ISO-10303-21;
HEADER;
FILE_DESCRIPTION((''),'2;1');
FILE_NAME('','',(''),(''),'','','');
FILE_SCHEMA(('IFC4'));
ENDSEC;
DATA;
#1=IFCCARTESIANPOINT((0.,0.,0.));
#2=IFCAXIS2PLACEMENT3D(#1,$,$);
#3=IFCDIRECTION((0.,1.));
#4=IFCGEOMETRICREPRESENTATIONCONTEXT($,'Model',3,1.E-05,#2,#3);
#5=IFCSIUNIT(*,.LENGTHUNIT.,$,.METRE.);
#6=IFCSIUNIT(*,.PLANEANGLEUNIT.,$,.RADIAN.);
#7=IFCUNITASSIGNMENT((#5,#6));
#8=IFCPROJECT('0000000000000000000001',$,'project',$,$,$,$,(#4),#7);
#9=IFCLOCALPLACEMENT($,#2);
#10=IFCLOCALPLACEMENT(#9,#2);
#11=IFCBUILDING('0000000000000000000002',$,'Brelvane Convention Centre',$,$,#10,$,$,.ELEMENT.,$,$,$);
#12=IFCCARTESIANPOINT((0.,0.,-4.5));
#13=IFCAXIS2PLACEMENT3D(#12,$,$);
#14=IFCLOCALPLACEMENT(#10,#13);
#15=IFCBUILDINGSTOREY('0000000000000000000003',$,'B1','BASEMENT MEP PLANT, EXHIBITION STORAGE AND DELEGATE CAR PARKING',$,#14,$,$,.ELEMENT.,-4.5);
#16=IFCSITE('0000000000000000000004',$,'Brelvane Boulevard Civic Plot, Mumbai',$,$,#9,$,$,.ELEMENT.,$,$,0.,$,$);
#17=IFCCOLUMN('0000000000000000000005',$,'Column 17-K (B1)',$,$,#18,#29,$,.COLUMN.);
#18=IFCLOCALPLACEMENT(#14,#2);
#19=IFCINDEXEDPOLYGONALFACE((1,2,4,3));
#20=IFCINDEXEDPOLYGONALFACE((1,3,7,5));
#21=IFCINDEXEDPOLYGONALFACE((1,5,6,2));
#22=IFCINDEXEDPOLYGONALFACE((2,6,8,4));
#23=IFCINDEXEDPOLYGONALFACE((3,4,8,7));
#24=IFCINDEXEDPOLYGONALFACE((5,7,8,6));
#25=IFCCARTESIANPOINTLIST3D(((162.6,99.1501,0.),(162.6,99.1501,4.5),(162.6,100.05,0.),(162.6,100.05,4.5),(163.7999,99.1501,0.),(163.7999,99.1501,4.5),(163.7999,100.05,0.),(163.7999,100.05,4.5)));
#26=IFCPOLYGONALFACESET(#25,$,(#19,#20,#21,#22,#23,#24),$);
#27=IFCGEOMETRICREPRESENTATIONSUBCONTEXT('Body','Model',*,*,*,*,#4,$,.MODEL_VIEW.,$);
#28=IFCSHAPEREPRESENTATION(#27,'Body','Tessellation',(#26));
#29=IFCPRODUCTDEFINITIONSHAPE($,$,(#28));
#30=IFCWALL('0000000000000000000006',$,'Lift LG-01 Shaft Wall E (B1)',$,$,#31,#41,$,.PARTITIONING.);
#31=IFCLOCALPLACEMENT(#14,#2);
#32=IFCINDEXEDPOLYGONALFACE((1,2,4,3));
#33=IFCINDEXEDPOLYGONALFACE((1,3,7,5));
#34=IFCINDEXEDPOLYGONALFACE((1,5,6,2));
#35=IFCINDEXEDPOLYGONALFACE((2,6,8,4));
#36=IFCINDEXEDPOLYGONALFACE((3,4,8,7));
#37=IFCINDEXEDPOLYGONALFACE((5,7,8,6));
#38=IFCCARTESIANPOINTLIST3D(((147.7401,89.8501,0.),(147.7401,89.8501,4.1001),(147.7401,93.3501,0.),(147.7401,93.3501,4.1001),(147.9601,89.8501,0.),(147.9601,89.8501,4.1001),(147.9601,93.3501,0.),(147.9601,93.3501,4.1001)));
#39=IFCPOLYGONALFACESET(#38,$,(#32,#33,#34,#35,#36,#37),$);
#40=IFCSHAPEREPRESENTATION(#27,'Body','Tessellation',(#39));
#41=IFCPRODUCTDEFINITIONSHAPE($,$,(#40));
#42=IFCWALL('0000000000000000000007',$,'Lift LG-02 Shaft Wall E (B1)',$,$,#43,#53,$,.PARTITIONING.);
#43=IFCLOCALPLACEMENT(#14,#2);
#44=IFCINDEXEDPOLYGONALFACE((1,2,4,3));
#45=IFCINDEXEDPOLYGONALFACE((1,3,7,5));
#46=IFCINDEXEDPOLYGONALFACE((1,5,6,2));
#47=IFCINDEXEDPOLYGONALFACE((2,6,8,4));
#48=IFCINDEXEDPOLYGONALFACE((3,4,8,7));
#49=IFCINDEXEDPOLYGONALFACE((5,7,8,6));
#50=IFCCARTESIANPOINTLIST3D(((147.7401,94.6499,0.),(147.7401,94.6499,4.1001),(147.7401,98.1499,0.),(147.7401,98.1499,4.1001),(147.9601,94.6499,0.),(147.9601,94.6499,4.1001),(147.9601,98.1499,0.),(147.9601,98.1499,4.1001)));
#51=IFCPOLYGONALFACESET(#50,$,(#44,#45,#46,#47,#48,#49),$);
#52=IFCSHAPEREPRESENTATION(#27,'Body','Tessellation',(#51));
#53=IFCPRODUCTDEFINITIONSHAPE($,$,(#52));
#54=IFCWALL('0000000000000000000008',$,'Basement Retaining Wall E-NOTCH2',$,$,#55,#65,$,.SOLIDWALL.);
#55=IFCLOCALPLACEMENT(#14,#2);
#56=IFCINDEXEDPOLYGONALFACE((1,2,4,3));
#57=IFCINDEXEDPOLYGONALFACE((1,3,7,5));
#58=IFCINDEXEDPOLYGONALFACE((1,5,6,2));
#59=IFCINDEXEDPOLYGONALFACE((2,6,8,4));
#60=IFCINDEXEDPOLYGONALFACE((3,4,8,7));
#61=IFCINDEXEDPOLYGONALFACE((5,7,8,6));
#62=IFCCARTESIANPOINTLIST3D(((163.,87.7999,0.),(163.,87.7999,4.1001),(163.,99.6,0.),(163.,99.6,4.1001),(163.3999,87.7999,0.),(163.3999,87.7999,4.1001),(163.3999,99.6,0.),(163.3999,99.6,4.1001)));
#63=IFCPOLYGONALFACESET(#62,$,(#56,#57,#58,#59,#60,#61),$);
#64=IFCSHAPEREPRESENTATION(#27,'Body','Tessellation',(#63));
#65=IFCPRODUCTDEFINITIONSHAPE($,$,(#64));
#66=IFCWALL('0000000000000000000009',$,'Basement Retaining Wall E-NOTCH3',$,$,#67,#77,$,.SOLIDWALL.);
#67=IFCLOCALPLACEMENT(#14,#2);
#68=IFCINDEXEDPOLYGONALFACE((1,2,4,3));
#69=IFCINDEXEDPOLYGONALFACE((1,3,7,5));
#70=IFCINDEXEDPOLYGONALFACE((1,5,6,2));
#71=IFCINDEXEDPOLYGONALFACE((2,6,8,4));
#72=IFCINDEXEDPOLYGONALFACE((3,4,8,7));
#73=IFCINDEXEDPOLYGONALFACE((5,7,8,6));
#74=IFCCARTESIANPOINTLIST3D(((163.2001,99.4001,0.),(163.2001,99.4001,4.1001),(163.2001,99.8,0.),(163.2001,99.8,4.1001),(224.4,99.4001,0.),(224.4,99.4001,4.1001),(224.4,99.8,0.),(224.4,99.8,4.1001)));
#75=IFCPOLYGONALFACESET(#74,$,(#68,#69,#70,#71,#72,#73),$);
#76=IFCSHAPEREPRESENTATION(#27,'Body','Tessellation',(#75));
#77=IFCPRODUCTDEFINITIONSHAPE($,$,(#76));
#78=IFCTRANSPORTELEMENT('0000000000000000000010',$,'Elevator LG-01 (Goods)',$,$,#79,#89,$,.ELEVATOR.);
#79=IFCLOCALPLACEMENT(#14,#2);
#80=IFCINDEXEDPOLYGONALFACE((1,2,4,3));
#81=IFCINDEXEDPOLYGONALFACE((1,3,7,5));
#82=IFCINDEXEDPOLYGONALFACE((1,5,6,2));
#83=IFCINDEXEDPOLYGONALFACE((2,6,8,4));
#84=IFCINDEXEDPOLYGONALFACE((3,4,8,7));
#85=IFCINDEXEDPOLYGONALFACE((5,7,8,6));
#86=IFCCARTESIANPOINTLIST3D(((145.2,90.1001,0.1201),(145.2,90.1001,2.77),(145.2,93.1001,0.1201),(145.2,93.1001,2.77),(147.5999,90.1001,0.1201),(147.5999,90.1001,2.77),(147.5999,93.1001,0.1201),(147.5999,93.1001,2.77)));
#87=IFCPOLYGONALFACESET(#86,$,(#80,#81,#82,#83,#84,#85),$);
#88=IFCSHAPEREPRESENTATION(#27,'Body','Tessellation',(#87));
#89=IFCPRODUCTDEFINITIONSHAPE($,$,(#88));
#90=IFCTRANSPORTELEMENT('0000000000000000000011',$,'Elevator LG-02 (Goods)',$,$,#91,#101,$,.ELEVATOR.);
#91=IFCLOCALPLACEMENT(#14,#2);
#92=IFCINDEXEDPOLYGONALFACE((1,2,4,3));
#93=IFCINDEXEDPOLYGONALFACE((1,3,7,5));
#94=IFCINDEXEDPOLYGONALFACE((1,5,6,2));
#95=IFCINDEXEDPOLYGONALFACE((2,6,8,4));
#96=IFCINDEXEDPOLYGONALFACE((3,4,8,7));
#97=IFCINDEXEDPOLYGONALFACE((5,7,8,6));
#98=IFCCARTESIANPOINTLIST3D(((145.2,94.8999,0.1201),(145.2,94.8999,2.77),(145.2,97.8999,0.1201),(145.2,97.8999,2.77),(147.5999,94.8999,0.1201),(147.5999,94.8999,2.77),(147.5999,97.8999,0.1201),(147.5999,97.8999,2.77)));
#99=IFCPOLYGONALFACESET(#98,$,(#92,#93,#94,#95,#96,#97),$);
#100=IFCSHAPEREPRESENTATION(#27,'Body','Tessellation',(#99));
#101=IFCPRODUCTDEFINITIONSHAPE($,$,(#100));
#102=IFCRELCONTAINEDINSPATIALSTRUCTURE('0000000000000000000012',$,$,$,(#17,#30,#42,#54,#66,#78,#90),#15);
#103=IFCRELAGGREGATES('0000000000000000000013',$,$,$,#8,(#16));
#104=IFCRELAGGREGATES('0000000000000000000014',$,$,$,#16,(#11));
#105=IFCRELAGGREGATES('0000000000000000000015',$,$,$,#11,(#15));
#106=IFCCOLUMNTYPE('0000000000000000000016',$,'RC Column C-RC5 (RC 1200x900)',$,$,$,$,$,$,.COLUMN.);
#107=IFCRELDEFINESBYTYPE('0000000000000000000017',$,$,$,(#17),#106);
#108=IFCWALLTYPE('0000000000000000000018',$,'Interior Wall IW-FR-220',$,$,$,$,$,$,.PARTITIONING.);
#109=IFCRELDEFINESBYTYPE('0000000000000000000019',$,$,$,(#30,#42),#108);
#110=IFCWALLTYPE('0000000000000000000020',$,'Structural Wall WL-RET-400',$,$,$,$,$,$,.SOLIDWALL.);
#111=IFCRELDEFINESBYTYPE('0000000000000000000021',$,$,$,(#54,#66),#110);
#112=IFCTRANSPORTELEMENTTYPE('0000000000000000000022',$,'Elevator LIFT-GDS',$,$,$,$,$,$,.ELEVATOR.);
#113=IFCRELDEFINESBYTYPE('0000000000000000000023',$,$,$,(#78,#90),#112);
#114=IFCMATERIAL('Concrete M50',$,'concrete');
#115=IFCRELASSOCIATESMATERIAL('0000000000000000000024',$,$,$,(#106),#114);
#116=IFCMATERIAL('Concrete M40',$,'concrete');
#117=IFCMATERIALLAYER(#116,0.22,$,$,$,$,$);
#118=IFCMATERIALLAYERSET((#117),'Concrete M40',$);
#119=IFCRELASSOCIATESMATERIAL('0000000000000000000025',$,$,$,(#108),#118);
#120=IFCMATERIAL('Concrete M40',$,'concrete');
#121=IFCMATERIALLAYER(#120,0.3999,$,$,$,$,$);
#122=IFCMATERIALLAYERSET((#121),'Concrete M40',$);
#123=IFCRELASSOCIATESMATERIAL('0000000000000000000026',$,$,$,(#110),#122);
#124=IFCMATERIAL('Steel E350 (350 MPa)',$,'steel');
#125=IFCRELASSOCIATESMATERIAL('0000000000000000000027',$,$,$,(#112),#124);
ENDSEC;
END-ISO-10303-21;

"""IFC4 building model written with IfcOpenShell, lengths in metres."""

from ifc_helpers import new_model, si_unit, direction, frame, frame_2d, origin, origin_2d, place, context, subcontext, project, spatial, rectangle, extrude, material, layer, layer_set, material_profile, profile_set, type_object, element, save


model = new_model("IFC4")

# Units and contexts
model_context = context("Model", 3, precision=1e-05, world=origin(), true_north=direction((0.0, 1.0)))
body_context = subcontext(model_context, "Body", "Model", "MODEL_VIEW")
ifc_project = project(units=[si_unit("LENGTHUNIT", "METRE"), si_unit("PLANEANGLEUNIT", "RADIAN")], contexts=[model_context])

# Site, building, storey
site_placement = place(None, origin())
site = spatial("IfcSite", under=ifc_project, at=site_placement, Name="Brelvane Boulevard Civic Plot, Mumbai", CompositionType="ELEMENT", RefElevation=0.0)
building_placement = place(site_placement, origin())
building = spatial("IfcBuilding", under=site, at=building_placement, Name="Brelvane Convention Centre", CompositionType="ELEMENT")
storey_placement = place(building_placement, frame((0.0, 0.0, -4.5)))
storey = spatial("IfcBuildingStorey", under=building, at=storey_placement, Name="B1", Description="BASEMENT MEP PLANT, EXHIBITION STORAGE AND DELEGATE CAR PARKING", CompositionType="ELEMENT", Elevation=-4.5)

# Column
ifc_material_1 = material(Name="Concrete M50", Category="concrete")
ifc_material_profile_1 = material_profile(ifc_material_1, rectangle(XDim=1.2, YDim=0.8999, at=origin_2d()), Name="RC 1200x900")
ifc_profile_set_1 = profile_set([ifc_material_profile_1], Name="Concrete M50")
column_type_1 = type_object("IfcColumnType", Name="RC Column C-RC5 (RC 1200x900)", PredefinedType="COLUMN", material=ifc_profile_set_1)
column_placement = place(storey_placement, frame((163.2, 99.6001, 0.0), z_axis=(0.0, 0.0, 1.0), x_axis=(1.0, 0.0, 0.0)))
element("IfcColumn", 1, at=column_placement, inside=storey, type_object=column_type_1, Name="Column 17-K (B1)", PredefinedType="COLUMN", context=body_context, shape_type="SweptSolid", body=[
    extrude(rectangle(XDim=1.2, YDim=0.8999, at=origin_2d()), origin(), (0.0, 0.0, 1.0), 4.5),
])

# Walls
ifc_material_2 = material(Name="Concrete M40", Category="concrete")
ifc_layer_1 = layer(ifc_material_2, 0.22)
ifc_layer_set_1 = layer_set([ifc_layer_1], Name="Concrete M40")
wall_type_1 = type_object("IfcWallType", Name="Interior Wall IW-FR-220", PredefinedType="PARTITIONING", material=ifc_layer_set_1)
for number, where, z_axis, x_axis, name in (
    (2, (147.8501, 89.8501, 0.0), (0.0, 0.0, 1.0), (0.0, 1.0, 0.0), "Lift LG-01 Shaft Wall E (B1)"),
    (3, (147.8501, 94.6499, 0.0), (0.0, 0.0, 1.0), (0.0, 1.0, 0.0), "Lift LG-02 Shaft Wall E (B1)"),
):
    element("IfcWall", number, at=place(storey_placement, frame(where, z_axis=z_axis, x_axis=x_axis)), inside=storey, type_object=wall_type_1, Name=name, PredefinedType="PARTITIONING", context=body_context, shape_type="SweptSolid", body=[
        extrude(rectangle(XDim=3.5, YDim=0.22, at=frame_2d((1.75, 0.0))), origin(), (0.0, 0.0, 1.0), 4.1001),
    ])
ifc_material_3 = material(Name="Concrete M40", Category="concrete")
ifc_layer_2 = layer(ifc_material_3, 0.3999)
ifc_layer_set_2 = layer_set([ifc_layer_2], Name="Concrete M40")
wall_type_2 = type_object("IfcWallType", Name="Structural Wall WL-RET-400", PredefinedType="SOLIDWALL", material=ifc_layer_set_2)
wall_1_placement = place(storey_placement, frame((163.2, 87.8, 0.0), z_axis=(0.0, 0.0, 1.0), x_axis=(0.0, 1.0, 0.0)))
element("IfcWall", 4, at=wall_1_placement, inside=storey, type_object=wall_type_2, Name="Basement Retaining Wall E-NOTCH2", PredefinedType="SOLIDWALL", context=body_context, shape_type="SweptSolid", body=[
    extrude(rectangle(XDim=11.8, YDim=0.3999, at=frame_2d((5.8999, 0.0))), origin(), (0.0, 0.0, 1.0), 4.1001),
])
wall_2_placement = place(storey_placement, frame((163.2, 99.6001, 0.0), z_axis=(0.0, 0.0, 1.0), x_axis=(1.0, 0.0, 0.0)))
element("IfcWall", 5, at=wall_2_placement, inside=storey, type_object=wall_type_2, Name="Basement Retaining Wall E-NOTCH3", PredefinedType="SOLIDWALL", context=body_context, shape_type="SweptSolid", body=[
    extrude(rectangle(XDim=61.2, YDim=0.3999, at=frame_2d((30.6001, 0.0))), origin(), (0.0, 0.0, 1.0), 4.1001),
])

# Transport elements
ifc_material_4 = material(Name="Steel E350 (350 MPa)", Category="steel")
transport_element_type = type_object("IfcTransportElementType", Name="Elevator LIFT-GDS", PredefinedType="ELEVATOR", material=ifc_material_4)
for number, where, z_axis, x_axis, name in (
    (6, (146.3999, 91.6001, 0.1201), (0.0, 0.0, 1.0), (1.0, 0.0, 0.0), "Elevator LG-01 (Goods)"),
    (7, (146.3999, 96.3999, 0.1201), (0.0, 0.0, 1.0), (1.0, 0.0, 0.0), "Elevator LG-02 (Goods)"),
):
    element("IfcTransportElement", number, at=place(storey_placement, frame(where, z_axis=z_axis, x_axis=x_axis)), inside=storey, type_object=transport_element_type, Name=name, PredefinedType="ELEVATOR", context=body_context, shape_type="SweptSolid", body=[
        extrude(rectangle(XDim=2.3999, YDim=3.0, at=origin_2d()), origin(), (0.0, 0.0, 1.0), 2.6499),
    ])

save(model, "model.ifc")
